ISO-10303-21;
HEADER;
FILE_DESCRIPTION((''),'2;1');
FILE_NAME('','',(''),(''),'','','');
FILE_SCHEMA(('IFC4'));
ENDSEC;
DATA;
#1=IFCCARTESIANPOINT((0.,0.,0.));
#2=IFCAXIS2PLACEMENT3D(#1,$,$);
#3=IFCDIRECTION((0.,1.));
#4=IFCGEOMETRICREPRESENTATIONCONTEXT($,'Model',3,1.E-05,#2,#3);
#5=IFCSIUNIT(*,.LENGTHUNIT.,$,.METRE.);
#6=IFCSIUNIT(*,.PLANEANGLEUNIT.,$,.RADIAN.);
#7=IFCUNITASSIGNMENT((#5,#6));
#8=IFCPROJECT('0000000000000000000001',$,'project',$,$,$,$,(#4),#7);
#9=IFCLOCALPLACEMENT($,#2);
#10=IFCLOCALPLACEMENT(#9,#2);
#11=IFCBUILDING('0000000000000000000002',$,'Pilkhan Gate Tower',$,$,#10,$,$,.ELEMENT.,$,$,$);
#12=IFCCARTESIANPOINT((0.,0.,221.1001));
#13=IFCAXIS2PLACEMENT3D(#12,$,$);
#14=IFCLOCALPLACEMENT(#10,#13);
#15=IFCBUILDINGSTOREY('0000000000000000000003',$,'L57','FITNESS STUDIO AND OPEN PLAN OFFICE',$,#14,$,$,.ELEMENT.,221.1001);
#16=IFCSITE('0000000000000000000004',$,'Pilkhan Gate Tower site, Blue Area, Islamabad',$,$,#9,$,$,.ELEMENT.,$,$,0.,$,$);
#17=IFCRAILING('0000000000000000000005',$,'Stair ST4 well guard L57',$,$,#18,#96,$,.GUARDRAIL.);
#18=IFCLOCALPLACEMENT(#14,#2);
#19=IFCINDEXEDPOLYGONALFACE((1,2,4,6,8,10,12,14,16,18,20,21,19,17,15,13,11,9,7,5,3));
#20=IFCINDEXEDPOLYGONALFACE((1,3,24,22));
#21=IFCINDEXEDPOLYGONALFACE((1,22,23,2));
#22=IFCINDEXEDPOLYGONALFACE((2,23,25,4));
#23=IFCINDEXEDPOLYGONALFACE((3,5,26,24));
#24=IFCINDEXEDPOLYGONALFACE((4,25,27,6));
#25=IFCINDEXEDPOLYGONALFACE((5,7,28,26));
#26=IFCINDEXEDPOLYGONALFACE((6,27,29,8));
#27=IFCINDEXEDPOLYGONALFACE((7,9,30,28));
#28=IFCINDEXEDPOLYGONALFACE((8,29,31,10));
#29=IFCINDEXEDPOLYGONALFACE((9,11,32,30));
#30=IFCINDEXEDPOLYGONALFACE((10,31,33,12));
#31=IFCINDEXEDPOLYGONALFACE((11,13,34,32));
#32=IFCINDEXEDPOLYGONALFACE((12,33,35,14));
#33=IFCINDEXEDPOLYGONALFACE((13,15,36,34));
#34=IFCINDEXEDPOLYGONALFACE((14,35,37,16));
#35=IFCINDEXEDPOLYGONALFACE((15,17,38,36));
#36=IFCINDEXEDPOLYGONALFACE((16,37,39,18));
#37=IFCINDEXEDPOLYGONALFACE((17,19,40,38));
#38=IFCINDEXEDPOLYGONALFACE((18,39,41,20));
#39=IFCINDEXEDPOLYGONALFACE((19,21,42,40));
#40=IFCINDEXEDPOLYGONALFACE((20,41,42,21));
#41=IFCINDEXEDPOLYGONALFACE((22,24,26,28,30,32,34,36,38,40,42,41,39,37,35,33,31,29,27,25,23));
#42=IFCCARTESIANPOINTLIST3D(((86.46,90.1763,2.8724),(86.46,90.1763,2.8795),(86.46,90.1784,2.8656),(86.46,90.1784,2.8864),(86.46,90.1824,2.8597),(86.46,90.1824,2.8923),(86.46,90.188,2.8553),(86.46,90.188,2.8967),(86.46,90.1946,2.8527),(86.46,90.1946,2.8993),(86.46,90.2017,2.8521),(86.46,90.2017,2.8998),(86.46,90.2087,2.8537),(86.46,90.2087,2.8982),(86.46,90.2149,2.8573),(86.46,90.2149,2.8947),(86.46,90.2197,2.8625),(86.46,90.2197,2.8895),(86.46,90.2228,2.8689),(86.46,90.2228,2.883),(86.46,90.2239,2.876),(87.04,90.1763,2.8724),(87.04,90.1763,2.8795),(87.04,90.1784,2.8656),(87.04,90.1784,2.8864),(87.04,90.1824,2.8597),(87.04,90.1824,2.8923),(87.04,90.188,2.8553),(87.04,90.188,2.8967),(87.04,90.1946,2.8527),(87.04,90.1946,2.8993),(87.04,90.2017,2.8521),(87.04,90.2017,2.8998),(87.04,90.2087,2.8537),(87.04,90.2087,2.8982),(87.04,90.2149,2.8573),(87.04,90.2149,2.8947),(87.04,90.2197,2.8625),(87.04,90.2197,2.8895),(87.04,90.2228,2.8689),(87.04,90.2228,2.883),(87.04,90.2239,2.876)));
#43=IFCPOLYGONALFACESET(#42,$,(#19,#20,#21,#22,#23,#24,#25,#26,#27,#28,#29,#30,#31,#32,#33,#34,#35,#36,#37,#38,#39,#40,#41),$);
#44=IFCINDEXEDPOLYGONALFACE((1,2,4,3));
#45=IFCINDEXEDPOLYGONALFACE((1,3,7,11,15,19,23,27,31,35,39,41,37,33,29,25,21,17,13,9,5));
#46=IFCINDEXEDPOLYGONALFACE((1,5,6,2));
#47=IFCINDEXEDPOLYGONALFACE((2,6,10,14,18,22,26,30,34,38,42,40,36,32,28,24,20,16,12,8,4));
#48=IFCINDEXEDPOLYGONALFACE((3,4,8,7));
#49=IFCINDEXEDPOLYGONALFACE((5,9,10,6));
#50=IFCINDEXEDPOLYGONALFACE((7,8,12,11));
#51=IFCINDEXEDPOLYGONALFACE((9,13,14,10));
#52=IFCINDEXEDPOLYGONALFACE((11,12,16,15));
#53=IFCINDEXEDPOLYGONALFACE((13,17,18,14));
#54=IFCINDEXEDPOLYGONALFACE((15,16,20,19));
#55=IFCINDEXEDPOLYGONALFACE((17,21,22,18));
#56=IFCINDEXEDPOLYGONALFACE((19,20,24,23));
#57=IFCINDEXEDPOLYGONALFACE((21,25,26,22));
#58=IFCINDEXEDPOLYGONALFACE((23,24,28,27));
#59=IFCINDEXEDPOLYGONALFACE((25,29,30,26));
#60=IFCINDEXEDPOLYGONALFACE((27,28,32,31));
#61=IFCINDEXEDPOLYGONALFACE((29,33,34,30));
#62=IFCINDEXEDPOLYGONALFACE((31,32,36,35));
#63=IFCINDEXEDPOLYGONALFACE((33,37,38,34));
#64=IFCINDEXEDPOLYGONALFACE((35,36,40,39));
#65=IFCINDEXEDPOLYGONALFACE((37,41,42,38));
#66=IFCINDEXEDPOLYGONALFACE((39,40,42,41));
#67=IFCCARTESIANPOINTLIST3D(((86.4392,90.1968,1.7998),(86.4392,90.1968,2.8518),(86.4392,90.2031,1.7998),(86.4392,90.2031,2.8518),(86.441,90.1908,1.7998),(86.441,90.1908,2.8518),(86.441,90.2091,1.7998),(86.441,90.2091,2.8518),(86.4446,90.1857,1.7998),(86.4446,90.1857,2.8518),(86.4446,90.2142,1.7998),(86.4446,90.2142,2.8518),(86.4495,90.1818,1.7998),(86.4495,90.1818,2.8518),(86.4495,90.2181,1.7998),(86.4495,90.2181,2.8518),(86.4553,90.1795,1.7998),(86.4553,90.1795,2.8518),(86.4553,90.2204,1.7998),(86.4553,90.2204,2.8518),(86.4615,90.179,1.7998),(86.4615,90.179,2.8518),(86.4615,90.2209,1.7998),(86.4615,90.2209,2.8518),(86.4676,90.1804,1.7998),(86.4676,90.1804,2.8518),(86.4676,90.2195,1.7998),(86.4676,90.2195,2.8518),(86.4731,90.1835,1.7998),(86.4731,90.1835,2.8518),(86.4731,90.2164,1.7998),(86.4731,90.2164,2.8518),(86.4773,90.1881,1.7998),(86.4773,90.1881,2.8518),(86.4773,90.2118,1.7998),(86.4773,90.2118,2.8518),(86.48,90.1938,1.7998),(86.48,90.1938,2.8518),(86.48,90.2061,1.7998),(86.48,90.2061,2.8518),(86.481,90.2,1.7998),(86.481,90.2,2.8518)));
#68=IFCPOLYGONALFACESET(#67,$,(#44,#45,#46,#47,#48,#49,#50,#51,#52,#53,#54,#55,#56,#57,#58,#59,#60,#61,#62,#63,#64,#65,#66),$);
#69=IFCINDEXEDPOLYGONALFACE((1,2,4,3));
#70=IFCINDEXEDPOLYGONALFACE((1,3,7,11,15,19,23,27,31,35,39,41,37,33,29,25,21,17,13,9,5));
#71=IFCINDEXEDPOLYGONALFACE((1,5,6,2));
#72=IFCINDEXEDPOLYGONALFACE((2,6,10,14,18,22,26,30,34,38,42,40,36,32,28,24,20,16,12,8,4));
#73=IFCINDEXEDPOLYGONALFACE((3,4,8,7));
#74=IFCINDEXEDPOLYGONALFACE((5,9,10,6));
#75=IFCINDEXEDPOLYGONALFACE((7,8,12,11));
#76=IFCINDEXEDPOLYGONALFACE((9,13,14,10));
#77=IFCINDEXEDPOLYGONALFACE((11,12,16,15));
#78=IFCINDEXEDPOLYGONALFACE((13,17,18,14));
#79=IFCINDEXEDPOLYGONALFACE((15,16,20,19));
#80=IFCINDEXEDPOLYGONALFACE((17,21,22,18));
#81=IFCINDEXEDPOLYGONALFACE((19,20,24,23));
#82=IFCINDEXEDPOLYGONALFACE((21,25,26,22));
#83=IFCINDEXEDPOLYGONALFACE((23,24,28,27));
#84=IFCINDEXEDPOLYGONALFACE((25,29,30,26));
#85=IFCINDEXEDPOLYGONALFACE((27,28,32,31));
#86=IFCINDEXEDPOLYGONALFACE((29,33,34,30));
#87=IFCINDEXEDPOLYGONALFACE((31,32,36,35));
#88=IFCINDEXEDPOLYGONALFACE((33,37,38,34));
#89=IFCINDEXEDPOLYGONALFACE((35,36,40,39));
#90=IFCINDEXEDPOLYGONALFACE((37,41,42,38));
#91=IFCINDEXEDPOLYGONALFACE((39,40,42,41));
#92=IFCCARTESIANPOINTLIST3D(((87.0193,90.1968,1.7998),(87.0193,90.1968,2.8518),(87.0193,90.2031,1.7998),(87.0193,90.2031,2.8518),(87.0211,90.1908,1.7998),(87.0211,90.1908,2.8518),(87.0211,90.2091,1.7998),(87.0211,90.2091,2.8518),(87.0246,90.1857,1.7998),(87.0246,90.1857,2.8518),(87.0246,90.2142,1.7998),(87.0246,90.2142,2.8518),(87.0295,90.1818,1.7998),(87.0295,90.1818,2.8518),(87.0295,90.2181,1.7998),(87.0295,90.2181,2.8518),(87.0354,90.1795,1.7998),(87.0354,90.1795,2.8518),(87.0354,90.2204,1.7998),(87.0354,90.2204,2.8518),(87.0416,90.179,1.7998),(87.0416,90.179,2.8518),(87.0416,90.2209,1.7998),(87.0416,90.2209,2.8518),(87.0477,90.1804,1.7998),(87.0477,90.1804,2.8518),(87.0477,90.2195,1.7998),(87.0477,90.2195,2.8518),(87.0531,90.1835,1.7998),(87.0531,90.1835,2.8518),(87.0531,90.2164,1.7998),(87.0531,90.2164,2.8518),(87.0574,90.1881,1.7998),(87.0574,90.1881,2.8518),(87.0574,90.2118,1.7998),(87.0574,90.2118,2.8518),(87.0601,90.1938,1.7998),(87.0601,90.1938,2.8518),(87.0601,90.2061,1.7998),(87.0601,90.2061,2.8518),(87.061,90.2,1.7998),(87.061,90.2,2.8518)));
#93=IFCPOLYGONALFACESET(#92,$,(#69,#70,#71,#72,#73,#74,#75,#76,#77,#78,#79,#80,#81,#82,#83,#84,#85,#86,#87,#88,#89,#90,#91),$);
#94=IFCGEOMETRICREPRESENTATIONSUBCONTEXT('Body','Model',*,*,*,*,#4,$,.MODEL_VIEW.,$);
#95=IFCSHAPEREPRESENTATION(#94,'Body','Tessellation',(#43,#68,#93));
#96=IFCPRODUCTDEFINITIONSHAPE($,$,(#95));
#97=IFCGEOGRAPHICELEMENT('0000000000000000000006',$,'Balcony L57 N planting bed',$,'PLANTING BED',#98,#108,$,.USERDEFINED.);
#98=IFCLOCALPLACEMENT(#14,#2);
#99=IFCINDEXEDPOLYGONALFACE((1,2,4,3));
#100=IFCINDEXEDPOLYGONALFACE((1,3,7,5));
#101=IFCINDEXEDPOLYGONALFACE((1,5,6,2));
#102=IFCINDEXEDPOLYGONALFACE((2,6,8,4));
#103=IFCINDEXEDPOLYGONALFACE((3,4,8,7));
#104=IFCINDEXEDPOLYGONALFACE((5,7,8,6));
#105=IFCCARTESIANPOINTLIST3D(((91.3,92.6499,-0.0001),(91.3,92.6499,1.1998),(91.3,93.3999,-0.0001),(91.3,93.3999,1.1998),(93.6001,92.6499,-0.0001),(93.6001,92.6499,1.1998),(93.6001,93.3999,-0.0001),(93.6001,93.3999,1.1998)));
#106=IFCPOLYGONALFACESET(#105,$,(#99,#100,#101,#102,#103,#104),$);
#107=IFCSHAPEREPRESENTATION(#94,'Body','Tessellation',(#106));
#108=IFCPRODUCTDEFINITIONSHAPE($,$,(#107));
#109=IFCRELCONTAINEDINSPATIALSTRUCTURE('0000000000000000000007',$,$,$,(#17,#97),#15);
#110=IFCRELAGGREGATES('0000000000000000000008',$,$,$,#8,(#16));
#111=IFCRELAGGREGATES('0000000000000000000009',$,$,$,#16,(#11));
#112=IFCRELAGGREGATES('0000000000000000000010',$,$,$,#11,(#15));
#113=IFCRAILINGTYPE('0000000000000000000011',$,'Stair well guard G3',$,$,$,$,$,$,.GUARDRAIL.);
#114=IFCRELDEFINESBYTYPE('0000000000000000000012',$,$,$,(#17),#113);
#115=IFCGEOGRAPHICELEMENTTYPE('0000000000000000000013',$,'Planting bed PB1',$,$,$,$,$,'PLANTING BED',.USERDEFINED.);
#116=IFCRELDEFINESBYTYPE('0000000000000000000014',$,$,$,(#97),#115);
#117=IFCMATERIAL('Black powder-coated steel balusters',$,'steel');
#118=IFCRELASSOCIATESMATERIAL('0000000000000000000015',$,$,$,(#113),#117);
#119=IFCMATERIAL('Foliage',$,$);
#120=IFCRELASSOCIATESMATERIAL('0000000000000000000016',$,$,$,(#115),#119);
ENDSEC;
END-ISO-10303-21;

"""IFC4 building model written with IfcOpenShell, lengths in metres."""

from ifc_helpers import new_model, si_unit, direction, frame, origin, origin_2d, place, context, subcontext, project, spatial, rectangle, circle, extrude, material, material_profile, profile_set, type_object, element, save


model = new_model("IFC4")

# Units and contexts
model_context = context("Model", 3, precision=1e-05, world=origin(), true_north=direction((0.0, 1.0)))
body_context = subcontext(model_context, "Body", "Model", "MODEL_VIEW")
ifc_project = project(units=[si_unit("LENGTHUNIT", "METRE"), si_unit("PLANEANGLEUNIT", "RADIAN")], contexts=[model_context])

# Site, building, storey
site_placement = place(None, origin())
site = spatial("IfcSite", under=ifc_project, at=site_placement, Name="Pilkhan Gate Tower site, Blue Area, Islamabad", CompositionType="ELEMENT", RefElevation=0.0)
building_placement = place(site_placement, origin())
building = spatial("IfcBuilding", under=site, at=building_placement, Name="Pilkhan Gate Tower", CompositionType="ELEMENT")
storey_placement = place(building_placement, frame((0.0, 0.0, 221.1001)))
storey = spatial("IfcBuildingStorey", under=building, at=storey_placement, Name="L57", Description="FITNESS STUDIO AND OPEN PLAN OFFICE", CompositionType="ELEMENT", Elevation=221.1001)

# Railing
ifc_material_1 = material(Name="Black powder-coated steel balusters", Category="steel")
railing_type_1 = type_object("IfcRailingType", Name="Stair well guard G3", PredefinedType="GUARDRAIL", material=ifc_material_1)
for number, where, name in (
    (1, (86.46, 90.2, 1.7998), "Stair ST4 well guard L57"),
):
    element("IfcRailing", number, at=place(storey_placement, frame(where)), inside=storey, type_object=railing_type_1, Name=name, PredefinedType="GUARDRAIL", context=body_context, shape_type="SweptSolid", body=[
        extrude(circle(Radius=0.0239, at=origin_2d()), frame((0.0, 0.0, 1.0762), z_axis=(1.0, 0.0, 0.0), x_axis=(0.0, 1.0, 0.0)), (0.0, 0.0, 1.0), 0.5801),
        extrude(circle(Radius=0.021, at=origin_2d()), origin(), (0.0, 0.0, 1.0), 1.052),
        extrude(circle(Radius=0.021, at=origin_2d()), frame((0.5801, 0.0, 0.0)), (0.0, 0.0, 1.0), 1.052),
    ])

# Geographic element
ifc_material_2 = material(Name="Foliage")
ifc_material_profile_1 = material_profile(ifc_material_2, rectangle(XDim=0.75, YDim=1.2, at=origin_2d()), Name="Bed 750x1200")
ifc_profile_set_1 = profile_set([ifc_material_profile_1], Name="Foliage")
geographic_element_type = type_object("IfcGeographicElementType", Name="Planting bed PB1", ElementType="PLANTING BED", PredefinedType="USERDEFINED", material=ifc_profile_set_1)
geographic_element_placement = place(storey_placement, frame((91.3, 93.0249, 0.5999), z_axis=(1.0, 0.0, 0.0), x_axis=(0.0, 1.0, 0.0)))
element("IfcGeographicElement", 2, at=geographic_element_placement, inside=storey, type_object=geographic_element_type, Name="Balcony L57 N planting bed", ObjectType="PLANTING BED", PredefinedType="USERDEFINED", context=body_context, shape_type="SweptSolid", body=[
    extrude(rectangle(XDim=0.75, YDim=1.2, at=origin_2d()), origin(), (0.0, 0.0, 1.0), 2.3),
])

save(model, "model.ifc")
